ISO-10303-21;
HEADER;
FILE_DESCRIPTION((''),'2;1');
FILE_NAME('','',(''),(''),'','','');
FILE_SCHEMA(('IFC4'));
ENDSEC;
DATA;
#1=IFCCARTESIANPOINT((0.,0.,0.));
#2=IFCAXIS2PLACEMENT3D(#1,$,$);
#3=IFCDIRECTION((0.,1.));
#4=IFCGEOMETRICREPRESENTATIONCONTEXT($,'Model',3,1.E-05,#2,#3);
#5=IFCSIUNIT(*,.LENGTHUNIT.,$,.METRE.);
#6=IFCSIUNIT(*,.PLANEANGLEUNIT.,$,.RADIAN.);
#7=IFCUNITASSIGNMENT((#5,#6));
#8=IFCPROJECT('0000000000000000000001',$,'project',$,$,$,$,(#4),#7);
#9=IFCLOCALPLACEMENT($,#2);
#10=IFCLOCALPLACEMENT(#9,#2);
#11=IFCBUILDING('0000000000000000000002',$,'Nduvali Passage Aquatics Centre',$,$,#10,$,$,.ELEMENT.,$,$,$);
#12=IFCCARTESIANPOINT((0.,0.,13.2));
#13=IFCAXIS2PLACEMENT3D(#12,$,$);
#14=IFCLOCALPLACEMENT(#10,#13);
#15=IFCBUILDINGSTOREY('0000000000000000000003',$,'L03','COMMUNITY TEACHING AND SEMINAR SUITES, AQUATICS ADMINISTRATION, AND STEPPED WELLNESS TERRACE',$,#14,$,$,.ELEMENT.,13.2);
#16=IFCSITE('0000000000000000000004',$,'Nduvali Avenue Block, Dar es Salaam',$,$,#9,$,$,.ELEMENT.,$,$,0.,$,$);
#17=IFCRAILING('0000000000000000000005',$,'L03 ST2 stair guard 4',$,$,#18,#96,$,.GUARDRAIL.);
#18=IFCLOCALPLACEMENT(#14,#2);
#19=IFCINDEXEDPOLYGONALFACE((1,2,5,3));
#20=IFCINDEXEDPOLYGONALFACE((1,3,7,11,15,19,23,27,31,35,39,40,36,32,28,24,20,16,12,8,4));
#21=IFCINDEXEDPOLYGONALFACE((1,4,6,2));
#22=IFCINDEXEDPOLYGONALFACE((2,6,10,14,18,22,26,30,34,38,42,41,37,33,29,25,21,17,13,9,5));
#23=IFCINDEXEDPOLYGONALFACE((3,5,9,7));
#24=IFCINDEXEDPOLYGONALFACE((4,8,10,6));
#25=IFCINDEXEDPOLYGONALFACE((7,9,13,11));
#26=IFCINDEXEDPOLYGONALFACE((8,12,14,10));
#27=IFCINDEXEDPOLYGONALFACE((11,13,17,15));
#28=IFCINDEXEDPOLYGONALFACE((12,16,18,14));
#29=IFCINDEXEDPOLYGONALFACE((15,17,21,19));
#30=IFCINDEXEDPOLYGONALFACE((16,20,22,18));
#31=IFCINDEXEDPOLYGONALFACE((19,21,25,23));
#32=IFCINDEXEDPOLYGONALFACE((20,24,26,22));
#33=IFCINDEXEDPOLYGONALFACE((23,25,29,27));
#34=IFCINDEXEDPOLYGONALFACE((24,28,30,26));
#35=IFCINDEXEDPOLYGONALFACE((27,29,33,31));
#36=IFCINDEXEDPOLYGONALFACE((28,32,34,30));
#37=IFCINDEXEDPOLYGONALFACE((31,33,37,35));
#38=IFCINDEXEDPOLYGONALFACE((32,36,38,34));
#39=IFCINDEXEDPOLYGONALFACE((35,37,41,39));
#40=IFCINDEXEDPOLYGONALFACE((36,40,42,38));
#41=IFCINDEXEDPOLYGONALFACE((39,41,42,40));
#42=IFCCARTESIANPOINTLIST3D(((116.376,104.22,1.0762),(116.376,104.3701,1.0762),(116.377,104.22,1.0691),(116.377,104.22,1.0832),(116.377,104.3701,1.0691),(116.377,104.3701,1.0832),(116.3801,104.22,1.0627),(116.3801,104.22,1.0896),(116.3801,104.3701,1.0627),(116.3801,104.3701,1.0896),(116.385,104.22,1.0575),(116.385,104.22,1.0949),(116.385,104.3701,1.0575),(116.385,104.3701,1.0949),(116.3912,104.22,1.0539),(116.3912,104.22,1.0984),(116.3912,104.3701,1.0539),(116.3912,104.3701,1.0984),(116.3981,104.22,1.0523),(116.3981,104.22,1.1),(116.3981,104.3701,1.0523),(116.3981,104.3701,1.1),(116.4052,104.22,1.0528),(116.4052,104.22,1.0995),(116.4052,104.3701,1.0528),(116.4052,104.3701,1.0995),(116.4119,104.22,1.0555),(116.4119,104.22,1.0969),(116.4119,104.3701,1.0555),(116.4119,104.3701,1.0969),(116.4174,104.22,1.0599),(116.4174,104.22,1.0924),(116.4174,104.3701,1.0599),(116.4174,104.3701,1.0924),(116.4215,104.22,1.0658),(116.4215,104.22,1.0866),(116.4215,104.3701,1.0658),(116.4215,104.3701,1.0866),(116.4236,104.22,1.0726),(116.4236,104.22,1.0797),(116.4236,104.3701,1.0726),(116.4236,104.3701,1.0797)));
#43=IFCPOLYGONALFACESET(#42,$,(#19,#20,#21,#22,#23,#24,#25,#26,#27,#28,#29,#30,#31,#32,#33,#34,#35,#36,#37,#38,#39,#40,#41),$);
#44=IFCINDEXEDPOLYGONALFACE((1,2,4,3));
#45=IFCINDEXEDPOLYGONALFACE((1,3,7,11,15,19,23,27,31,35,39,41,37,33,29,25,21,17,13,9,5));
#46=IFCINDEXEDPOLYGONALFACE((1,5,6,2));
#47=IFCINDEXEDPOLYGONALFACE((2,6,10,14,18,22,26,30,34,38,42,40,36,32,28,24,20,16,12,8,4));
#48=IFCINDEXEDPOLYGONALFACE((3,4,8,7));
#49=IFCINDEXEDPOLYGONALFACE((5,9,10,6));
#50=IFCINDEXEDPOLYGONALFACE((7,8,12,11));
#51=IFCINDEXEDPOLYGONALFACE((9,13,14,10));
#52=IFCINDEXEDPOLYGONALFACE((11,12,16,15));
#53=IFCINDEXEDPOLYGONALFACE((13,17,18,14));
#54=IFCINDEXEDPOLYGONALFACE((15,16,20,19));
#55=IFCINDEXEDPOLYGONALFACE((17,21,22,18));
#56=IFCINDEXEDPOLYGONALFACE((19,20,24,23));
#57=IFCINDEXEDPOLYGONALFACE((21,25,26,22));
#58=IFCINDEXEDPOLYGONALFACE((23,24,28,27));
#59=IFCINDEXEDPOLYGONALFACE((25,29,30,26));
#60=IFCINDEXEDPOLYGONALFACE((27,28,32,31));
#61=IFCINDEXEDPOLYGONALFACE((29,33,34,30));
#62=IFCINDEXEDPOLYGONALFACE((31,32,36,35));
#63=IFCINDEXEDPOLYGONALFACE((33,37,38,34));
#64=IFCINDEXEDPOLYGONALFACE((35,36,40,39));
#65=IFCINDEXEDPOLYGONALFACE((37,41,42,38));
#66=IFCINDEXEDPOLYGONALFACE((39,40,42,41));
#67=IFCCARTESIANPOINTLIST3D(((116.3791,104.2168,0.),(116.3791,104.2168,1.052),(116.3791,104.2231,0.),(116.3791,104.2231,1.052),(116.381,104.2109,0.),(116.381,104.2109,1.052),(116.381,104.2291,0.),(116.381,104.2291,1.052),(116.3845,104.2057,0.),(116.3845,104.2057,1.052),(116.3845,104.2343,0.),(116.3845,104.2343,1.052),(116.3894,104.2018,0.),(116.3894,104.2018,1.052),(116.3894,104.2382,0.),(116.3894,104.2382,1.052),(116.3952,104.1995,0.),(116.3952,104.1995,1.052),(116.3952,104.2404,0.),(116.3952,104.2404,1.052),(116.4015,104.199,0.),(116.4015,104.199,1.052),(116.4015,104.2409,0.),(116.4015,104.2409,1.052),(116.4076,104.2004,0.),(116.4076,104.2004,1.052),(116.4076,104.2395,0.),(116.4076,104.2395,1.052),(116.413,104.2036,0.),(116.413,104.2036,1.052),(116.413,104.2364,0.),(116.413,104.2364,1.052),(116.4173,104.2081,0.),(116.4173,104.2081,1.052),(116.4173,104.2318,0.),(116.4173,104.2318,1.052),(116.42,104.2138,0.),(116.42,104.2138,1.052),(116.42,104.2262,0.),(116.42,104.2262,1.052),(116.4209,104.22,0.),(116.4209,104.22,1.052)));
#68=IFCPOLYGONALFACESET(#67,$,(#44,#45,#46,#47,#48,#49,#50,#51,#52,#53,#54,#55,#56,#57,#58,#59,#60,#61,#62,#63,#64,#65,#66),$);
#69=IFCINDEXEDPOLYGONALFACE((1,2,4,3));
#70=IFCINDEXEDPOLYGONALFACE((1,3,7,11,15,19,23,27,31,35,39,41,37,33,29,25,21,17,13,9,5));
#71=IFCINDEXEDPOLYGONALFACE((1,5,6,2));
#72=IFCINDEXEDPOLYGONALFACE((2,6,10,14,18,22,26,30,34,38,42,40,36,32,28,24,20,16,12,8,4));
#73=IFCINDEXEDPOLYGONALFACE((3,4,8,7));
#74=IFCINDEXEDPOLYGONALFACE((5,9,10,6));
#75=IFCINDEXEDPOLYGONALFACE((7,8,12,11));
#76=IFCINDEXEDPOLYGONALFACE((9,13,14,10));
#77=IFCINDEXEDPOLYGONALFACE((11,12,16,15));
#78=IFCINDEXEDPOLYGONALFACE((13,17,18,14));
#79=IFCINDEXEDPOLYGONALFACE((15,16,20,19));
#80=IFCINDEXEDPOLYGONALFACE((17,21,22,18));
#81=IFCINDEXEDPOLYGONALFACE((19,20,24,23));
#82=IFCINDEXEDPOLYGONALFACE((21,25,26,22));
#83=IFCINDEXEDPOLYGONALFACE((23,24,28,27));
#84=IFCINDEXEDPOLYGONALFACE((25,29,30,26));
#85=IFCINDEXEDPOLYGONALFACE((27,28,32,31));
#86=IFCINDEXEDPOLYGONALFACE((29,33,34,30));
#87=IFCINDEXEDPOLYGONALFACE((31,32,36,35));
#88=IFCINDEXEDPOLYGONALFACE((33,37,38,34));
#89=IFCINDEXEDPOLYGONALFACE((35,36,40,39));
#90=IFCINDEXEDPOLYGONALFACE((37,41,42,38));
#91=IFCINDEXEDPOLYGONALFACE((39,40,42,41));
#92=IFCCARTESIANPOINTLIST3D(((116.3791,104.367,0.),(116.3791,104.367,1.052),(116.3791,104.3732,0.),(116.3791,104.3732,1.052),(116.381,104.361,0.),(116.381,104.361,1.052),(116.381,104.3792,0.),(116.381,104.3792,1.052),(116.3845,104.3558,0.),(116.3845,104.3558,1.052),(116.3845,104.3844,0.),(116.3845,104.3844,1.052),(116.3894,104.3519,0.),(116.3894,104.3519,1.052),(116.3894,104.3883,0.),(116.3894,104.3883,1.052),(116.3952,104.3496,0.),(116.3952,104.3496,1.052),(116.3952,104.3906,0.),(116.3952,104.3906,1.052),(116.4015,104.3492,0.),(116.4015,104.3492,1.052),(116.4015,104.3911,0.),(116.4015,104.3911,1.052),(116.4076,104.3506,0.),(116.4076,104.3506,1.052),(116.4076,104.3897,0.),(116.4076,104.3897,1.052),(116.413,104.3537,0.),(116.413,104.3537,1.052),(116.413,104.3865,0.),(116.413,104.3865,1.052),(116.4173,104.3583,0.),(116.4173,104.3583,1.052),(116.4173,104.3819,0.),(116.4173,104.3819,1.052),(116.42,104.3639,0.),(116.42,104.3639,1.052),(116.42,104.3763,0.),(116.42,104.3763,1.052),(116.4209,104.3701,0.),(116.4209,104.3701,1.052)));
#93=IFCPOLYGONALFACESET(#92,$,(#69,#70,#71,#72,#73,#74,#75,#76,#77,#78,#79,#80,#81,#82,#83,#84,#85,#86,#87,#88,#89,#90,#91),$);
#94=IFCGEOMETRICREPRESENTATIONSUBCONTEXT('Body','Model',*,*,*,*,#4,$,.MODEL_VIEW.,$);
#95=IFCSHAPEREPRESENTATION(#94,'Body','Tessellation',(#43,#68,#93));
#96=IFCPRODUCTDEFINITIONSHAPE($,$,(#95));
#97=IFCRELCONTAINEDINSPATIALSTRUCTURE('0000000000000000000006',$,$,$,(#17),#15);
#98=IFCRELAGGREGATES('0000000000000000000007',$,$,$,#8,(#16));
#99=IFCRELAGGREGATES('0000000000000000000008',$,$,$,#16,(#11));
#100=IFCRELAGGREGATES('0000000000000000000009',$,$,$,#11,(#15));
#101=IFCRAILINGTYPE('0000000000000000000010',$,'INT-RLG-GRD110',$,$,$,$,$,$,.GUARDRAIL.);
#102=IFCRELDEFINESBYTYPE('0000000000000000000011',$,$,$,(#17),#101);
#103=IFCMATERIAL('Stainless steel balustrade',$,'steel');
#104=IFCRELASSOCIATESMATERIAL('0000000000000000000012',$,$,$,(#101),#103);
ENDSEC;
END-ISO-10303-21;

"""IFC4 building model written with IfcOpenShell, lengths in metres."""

from ifc_helpers import new_model, si_unit, direction, frame, origin, origin_2d, place, context, subcontext, project, spatial, circle, extrude, material, type_object, element, save


model = new_model("IFC4")

# Units and contexts
model_context = context("Model", 3, precision=1e-05, world=origin(), true_north=direction((0.0, 1.0)))
body_context = subcontext(model_context, "Body", "Model", "MODEL_VIEW")
ifc_project = project(units=[si_unit("LENGTHUNIT", "METRE"), si_unit("PLANEANGLEUNIT", "RADIAN")], contexts=[model_context])

# Site, building, storey
site_placement = place(None, origin())
site = spatial("IfcSite", under=ifc_project, at=site_placement, Name="Nduvali Avenue Block, Dar es Salaam", CompositionType="ELEMENT", RefElevation=0.0)
building_placement = place(site_placement, origin())
building = spatial("IfcBuilding", under=site, at=building_placement, Name="Nduvali Passage Aquatics Centre", CompositionType="ELEMENT")
storey_placement = place(building_placement, frame((0.0, 0.0, 13.2)))
storey = spatial("IfcBuildingStorey", under=building, at=storey_placement, Name="L03", Description="COMMUNITY TEACHING AND SEMINAR SUITES, AQUATICS ADMINISTRATION, AND STEPPED WELLNESS TERRACE", CompositionType="ELEMENT", Elevation=13.2)

# Railing
ifc_material_1 = material(Name="Stainless steel balustrade", Category="steel")
railing_type_1 = type_object("IfcRailingType", Name="INT-RLG-GRD110", PredefinedType="GUARDRAIL", material=ifc_material_1)
railing_1_placement = place(storey_placement, frame((116.3999, 104.22, 0.0)))
element("IfcRailing", 1, at=railing_1_placement, inside=storey, type_object=railing_type_1, Name="L03 ST2 stair guard 4", PredefinedType="GUARDRAIL", context=body_context, shape_type="SweptSolid", body=[
    extrude(circle(Radius=0.0239, at=origin_2d()), frame((0.0, 0.0, 1.0762), z_axis=(0.0, 1.0, 0.0), x_axis=(-1.0, 0.0, 0.0)), (0.0, 0.0, 1.0), 0.1501),
    extrude(circle(Radius=0.021, at=origin_2d()), origin(), (0.0, 0.0, 1.0), 1.052),
    extrude(circle(Radius=0.021, at=origin_2d()), frame((0.0, 0.1501, 0.0)), (0.0, 0.0, 1.0), 1.052),
])

save(model, "model.ifc")
